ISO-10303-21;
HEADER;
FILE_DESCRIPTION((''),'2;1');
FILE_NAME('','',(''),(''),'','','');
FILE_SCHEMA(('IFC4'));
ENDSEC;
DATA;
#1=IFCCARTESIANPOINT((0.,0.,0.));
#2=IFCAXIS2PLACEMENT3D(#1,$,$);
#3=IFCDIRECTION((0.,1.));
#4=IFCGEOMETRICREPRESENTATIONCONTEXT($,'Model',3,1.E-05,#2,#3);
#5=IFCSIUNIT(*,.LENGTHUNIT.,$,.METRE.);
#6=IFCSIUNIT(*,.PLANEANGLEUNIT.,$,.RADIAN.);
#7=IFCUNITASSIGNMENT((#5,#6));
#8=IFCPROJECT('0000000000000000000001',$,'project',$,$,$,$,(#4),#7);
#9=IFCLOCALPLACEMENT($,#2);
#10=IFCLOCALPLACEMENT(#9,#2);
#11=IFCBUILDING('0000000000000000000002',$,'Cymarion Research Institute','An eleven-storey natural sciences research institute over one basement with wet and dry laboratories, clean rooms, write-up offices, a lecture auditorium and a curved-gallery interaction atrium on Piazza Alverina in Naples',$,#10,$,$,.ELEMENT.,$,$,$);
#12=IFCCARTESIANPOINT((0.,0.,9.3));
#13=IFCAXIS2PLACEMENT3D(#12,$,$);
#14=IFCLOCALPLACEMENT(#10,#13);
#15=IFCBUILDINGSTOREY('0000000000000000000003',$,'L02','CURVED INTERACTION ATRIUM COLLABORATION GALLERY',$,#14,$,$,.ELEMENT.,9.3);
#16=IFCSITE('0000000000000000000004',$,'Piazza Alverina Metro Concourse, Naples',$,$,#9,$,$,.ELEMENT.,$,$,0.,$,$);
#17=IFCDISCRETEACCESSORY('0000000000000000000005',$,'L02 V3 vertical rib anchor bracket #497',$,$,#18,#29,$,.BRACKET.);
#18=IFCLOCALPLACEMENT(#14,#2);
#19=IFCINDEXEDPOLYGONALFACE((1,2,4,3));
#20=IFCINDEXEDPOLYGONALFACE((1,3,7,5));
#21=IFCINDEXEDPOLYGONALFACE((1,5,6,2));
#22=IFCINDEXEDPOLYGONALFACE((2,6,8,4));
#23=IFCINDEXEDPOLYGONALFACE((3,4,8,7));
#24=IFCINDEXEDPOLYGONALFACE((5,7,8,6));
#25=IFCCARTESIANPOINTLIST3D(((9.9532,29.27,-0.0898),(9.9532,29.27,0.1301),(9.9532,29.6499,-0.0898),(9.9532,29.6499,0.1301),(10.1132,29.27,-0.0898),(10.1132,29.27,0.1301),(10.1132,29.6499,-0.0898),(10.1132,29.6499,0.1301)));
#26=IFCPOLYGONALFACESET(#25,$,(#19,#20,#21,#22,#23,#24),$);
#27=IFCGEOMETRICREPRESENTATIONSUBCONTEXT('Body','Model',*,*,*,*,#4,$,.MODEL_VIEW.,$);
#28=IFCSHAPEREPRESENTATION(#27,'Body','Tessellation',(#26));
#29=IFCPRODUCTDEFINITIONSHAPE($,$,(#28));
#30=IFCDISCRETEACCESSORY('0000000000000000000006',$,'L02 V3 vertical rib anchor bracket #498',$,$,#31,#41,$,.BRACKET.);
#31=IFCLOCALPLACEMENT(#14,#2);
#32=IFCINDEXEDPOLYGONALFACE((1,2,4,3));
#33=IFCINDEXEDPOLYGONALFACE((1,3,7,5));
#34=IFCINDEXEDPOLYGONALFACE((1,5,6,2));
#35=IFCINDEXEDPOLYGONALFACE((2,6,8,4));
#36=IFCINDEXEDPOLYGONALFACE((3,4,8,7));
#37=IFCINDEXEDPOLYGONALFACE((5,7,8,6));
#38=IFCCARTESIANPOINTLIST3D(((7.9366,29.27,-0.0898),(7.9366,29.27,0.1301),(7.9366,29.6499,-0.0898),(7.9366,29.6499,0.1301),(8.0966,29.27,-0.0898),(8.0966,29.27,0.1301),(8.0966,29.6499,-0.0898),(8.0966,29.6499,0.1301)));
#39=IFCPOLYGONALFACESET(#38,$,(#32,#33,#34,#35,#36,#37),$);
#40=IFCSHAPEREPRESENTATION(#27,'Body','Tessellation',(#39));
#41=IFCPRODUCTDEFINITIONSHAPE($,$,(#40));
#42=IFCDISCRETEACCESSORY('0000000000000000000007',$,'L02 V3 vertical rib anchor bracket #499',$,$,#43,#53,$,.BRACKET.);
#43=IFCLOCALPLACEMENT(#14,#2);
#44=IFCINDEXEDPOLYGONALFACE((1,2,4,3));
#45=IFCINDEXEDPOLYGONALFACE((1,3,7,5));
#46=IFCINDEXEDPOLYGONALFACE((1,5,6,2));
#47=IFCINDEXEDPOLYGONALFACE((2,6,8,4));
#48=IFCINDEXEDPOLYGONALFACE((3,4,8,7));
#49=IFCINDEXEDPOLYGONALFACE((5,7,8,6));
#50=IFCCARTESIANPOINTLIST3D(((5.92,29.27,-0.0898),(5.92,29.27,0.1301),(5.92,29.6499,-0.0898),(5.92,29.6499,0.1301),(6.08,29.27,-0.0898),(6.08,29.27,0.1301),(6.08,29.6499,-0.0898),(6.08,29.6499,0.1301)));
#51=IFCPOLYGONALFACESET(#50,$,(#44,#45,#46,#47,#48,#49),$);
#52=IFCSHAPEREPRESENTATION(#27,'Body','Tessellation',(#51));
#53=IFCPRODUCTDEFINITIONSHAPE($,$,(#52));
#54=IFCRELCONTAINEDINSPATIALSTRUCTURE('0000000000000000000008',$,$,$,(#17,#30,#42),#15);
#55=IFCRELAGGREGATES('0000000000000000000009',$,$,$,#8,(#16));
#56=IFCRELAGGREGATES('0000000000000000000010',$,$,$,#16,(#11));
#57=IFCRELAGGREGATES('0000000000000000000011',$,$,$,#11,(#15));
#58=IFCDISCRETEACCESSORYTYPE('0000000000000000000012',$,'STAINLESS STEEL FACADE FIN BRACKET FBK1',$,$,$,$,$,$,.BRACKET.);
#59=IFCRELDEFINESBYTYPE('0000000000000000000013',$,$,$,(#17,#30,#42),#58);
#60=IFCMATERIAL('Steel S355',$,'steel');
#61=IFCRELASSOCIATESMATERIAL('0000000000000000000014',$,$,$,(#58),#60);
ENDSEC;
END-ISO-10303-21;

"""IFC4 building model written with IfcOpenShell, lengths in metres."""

from ifc_helpers import new_model, si_unit, direction, frame, origin, origin_2d, place, context, subcontext, project, spatial, rectangle, extrude, material, type_object, element, save


model = new_model("IFC4")

# Units and contexts
model_context = context("Model", 3, precision=1e-05, world=origin(), true_north=direction((0.0, 1.0)))
body_context = subcontext(model_context, "Body", "Model", "MODEL_VIEW")
ifc_project = project(units=[si_unit("LENGTHUNIT", "METRE"), si_unit("PLANEANGLEUNIT", "RADIAN")], contexts=[model_context])

# Site, building, storey
site_placement = place(None, origin())
site = spatial("IfcSite", under=ifc_project, at=site_placement, Name="Piazza Alverina Metro Concourse, Naples", CompositionType="ELEMENT", RefElevation=0.0)
building_placement = place(site_placement, origin())
building = spatial("IfcBuilding", under=site, at=building_placement, Name="Cymarion Research Institute", Description="An eleven-storey natural sciences research institute over one basement with wet and dry laboratories, clean rooms, write-up offices, a lecture auditorium and a curved-gallery interaction atrium on Piazza Alverina in Naples", CompositionType="ELEMENT")
storey_placement = place(building_placement, frame((0.0, 0.0, 9.3)))
storey = spatial("IfcBuildingStorey", under=building, at=storey_placement, Name="L02", Description="CURVED INTERACTION ATRIUM COLLABORATION GALLERY", CompositionType="ELEMENT", Elevation=9.3)

# Shared definitions
ifc_material_1 = material(Name="Steel S355", Category="steel")

# Discrete accessories
discrete_accessory_type = type_object("IfcDiscreteAccessoryType", Name="STAINLESS STEEL FACADE FIN BRACKET FBK1", PredefinedType="BRACKET", material=ifc_material_1)
for number, where, z_axis, x_axis, name in (
    (1, (10.0332, 29.46, -0.0898), (0.0, 0.0, 1.0), (0.0, 1.0, 0.0), "L02 V3 vertical rib anchor bracket #497"),
    (2, (8.0166, 29.46, -0.0898), (0.0, 0.0, 1.0), (0.0, 1.0, 0.0), "L02 V3 vertical rib anchor bracket #498"),
    (3, (6.0, 29.46, -0.0898), (0.0, 0.0, 1.0), (0.0, 1.0, 0.0), "L02 V3 vertical rib anchor bracket #499"),
):
    element("IfcDiscreteAccessory", number, at=place(storey_placement, frame(where, z_axis=z_axis, x_axis=x_axis)), inside=storey, type_object=discrete_accessory_type, Name=name, PredefinedType="BRACKET", context=body_context, shape_type="SweptSolid", body=[
        extrude(rectangle(XDim=0.3799, YDim=0.1599, at=origin_2d()), origin(), (0.0, 0.0, 1.0), 0.22),
    ])

save(model, "model.ifc")
